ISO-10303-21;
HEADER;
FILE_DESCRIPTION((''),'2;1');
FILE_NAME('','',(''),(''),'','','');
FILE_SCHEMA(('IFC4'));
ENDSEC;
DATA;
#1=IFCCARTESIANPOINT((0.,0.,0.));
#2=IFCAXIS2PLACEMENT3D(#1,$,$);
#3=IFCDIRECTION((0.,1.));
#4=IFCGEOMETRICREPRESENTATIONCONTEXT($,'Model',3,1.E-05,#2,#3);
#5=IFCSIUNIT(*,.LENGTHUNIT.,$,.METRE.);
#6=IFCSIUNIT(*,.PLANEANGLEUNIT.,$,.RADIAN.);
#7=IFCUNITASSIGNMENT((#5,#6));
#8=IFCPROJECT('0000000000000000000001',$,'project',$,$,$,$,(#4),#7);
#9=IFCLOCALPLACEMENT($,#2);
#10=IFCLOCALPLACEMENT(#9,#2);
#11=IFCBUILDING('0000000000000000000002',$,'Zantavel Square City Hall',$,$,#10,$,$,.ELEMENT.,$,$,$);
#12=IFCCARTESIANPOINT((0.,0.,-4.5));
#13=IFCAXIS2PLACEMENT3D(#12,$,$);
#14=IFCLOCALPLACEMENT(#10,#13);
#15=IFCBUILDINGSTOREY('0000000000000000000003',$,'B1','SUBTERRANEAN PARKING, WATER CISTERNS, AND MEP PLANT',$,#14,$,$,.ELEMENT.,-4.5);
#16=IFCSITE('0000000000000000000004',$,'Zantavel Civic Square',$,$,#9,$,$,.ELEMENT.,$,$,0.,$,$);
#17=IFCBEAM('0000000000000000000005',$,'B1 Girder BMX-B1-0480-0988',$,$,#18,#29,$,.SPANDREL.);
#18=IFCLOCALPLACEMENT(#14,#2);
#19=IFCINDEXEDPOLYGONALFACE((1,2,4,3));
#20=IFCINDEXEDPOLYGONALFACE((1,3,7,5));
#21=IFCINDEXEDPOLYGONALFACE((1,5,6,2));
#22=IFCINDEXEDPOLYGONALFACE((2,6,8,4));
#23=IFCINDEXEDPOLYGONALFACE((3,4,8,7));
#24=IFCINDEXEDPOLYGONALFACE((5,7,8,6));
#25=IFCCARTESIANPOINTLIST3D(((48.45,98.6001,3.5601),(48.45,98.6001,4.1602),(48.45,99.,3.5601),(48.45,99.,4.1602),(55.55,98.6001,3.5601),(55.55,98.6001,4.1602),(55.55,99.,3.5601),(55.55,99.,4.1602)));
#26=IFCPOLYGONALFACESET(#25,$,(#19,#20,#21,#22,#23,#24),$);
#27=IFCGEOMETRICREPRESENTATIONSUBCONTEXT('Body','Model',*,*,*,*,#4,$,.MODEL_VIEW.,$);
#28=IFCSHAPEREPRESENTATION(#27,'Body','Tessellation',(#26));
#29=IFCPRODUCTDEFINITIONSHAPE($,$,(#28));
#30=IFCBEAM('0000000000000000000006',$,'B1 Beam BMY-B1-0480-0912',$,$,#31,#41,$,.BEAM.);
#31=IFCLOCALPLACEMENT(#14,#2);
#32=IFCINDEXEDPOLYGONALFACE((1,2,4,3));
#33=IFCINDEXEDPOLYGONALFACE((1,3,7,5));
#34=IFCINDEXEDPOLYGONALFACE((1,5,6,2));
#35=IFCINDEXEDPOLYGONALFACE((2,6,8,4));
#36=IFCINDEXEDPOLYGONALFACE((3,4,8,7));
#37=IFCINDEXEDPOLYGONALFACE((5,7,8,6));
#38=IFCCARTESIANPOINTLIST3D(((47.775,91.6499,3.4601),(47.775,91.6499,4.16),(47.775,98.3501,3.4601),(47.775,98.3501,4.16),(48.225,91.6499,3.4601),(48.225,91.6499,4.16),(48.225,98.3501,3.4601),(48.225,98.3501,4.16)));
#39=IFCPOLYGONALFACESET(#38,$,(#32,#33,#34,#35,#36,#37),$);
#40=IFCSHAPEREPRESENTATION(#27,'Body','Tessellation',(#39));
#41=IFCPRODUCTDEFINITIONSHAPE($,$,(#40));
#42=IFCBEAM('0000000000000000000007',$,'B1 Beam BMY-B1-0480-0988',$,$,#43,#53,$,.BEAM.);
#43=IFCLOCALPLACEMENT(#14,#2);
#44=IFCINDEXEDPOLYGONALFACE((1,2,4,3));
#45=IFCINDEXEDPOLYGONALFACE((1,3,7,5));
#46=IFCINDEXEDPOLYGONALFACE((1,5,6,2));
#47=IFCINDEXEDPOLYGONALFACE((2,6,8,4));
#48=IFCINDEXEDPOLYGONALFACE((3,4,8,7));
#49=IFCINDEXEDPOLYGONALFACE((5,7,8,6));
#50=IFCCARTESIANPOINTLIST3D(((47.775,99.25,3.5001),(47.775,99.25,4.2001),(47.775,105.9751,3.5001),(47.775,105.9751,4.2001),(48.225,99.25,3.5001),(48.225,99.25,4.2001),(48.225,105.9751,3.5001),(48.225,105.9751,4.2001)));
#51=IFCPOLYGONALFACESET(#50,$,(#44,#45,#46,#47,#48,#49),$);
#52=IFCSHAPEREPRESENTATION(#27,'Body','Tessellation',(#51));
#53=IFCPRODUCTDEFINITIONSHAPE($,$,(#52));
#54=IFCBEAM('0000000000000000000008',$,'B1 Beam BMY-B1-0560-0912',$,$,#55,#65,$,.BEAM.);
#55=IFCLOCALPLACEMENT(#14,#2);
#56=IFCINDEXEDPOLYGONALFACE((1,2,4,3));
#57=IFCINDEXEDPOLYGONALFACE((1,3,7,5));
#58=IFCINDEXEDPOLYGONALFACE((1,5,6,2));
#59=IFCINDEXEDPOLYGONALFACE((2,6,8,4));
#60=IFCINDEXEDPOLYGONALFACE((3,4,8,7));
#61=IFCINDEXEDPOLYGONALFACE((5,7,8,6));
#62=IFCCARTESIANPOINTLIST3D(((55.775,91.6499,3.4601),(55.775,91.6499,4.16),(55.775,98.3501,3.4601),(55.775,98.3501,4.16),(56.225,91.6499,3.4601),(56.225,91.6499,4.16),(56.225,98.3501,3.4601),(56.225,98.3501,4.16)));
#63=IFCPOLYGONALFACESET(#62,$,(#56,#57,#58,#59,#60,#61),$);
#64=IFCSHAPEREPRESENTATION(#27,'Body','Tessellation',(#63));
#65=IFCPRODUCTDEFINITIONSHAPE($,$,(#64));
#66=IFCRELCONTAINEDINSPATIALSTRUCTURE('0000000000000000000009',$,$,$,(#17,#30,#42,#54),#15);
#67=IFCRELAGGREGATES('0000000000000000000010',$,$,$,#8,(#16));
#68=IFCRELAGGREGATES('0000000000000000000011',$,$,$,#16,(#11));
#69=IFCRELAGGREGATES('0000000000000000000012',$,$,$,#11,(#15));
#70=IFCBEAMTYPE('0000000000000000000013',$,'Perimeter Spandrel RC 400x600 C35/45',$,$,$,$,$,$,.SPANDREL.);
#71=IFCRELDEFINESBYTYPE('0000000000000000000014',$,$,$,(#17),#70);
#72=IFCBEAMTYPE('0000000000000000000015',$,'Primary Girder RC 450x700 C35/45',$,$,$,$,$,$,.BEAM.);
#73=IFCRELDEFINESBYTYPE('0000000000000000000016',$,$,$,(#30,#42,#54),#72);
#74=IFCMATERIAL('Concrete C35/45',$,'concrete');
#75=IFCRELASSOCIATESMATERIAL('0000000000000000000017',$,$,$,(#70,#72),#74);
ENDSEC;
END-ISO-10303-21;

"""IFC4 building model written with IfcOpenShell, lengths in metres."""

from ifc_helpers import new_model, si_unit, direction, frame, origin, origin_2d, place, context, subcontext, project, spatial, rectangle, extrude, material, material_profile, profile_set, type_object, element, save


model = new_model("IFC4")

# Units and contexts
model_context = context("Model", 3, precision=1e-05, world=origin(), true_north=direction((0.0, 1.0)))
body_context = subcontext(model_context, "Body", "Model", "MODEL_VIEW")
ifc_project = project(units=[si_unit("LENGTHUNIT", "METRE"), si_unit("PLANEANGLEUNIT", "RADIAN")], contexts=[model_context])

# Site, building, storey
site_placement = place(None, origin())
site = spatial("IfcSite", under=ifc_project, at=site_placement, Name="Zantavel Civic Square", CompositionType="ELEMENT", RefElevation=0.0)
building_placement = place(site_placement, origin())
building = spatial("IfcBuilding", under=site, at=building_placement, Name="Zantavel Square City Hall", CompositionType="ELEMENT")
storey_placement = place(building_placement, frame((0.0, 0.0, -4.5)))
storey = spatial("IfcBuildingStorey", under=building, at=storey_placement, Name="B1", Description="SUBTERRANEAN PARKING, WATER CISTERNS, AND MEP PLANT", CompositionType="ELEMENT", Elevation=-4.5)

# Shared definitions
ifc_material_1 = material(Name="Concrete C35/45", Category="concrete")

# Beams
ifc_material_profile_1 = material_profile(ifc_material_1, rectangle(XDim=0.3999, YDim=0.6001, at=origin_2d()), Name="RC 400x600")
ifc_profile_set_1 = profile_set([ifc_material_profile_1], Name="Concrete C35/45")
beam_type_1 = type_object("IfcBeamType", Name="Perimeter Spandrel RC 400x600 C35/45", PredefinedType="SPANDREL", material=ifc_profile_set_1)
beam_1_placement = place(storey_placement, frame((48.45, 98.8, 3.8601), z_axis=(1.0, 0.0, 0.0), x_axis=(0.0, 1.0, 0.0)))
element("IfcBeam", 1, at=beam_1_placement, inside=storey, type_object=beam_type_1, Name="B1 Girder BMX-B1-0480-0988", PredefinedType="SPANDREL", context=body_context, shape_type="SweptSolid", body=[
    extrude(rectangle(XDim=0.3999, YDim=0.6001, at=origin_2d()), origin(), (0.0, 0.0, 1.0), 7.1001),
])
ifc_material_profile_2 = material_profile(ifc_material_1, rectangle(XDim=0.45, YDim=0.7, at=origin_2d()), Name="RC 450x700")
ifc_profile_set_2 = profile_set([ifc_material_profile_2], Name="Concrete C35/45")
beam_type_2 = type_object("IfcBeamType", Name="Primary Girder RC 450x700 C35/45", PredefinedType="BEAM", material=ifc_profile_set_2)
beam_2_placement = place(storey_placement, frame((48.0, 91.6499, 3.8101), z_axis=(0.0, 1.0, 0.0), x_axis=(-1.0, 0.0, 0.0)))
element("IfcBeam", 2, at=beam_2_placement, inside=storey, type_object=beam_type_2, Name="B1 Beam BMY-B1-0480-0912", PredefinedType="BEAM", context=body_context, shape_type="SweptSolid", body=[
    extrude(rectangle(XDim=0.45, YDim=0.7, at=origin_2d()), origin(), (0.0, 0.0, 1.0), 6.7002),
])
beam_3_placement = place(storey_placement, frame((48.0, 99.25, 3.8501), z_axis=(0.0, 1.0, 0.0), x_axis=(-1.0, 0.0, 0.0)))
element("IfcBeam", 3, at=beam_3_placement, inside=storey, type_object=beam_type_2, Name="B1 Beam BMY-B1-0480-0988", PredefinedType="BEAM", context=body_context, shape_type="SweptSolid", body=[
    extrude(rectangle(XDim=0.45, YDim=0.7, at=origin_2d()), origin(), (0.0, 0.0, 1.0), 6.7251),
])
beam_4_placement = place(storey_placement, frame((56.0, 91.6499, 3.8101), z_axis=(0.0, 1.0, 0.0), x_axis=(-1.0, 0.0, 0.0)))
element("IfcBeam", 4, at=beam_4_placement, inside=storey, type_object=beam_type_2, Name="B1 Beam BMY-B1-0560-0912", PredefinedType="BEAM", context=body_context, shape_type="SweptSolid", body=[
    extrude(rectangle(XDim=0.45, YDim=0.7, at=origin_2d()), origin(), (0.0, 0.0, 1.0), 6.7002),
])

save(model, "model.ifc")
